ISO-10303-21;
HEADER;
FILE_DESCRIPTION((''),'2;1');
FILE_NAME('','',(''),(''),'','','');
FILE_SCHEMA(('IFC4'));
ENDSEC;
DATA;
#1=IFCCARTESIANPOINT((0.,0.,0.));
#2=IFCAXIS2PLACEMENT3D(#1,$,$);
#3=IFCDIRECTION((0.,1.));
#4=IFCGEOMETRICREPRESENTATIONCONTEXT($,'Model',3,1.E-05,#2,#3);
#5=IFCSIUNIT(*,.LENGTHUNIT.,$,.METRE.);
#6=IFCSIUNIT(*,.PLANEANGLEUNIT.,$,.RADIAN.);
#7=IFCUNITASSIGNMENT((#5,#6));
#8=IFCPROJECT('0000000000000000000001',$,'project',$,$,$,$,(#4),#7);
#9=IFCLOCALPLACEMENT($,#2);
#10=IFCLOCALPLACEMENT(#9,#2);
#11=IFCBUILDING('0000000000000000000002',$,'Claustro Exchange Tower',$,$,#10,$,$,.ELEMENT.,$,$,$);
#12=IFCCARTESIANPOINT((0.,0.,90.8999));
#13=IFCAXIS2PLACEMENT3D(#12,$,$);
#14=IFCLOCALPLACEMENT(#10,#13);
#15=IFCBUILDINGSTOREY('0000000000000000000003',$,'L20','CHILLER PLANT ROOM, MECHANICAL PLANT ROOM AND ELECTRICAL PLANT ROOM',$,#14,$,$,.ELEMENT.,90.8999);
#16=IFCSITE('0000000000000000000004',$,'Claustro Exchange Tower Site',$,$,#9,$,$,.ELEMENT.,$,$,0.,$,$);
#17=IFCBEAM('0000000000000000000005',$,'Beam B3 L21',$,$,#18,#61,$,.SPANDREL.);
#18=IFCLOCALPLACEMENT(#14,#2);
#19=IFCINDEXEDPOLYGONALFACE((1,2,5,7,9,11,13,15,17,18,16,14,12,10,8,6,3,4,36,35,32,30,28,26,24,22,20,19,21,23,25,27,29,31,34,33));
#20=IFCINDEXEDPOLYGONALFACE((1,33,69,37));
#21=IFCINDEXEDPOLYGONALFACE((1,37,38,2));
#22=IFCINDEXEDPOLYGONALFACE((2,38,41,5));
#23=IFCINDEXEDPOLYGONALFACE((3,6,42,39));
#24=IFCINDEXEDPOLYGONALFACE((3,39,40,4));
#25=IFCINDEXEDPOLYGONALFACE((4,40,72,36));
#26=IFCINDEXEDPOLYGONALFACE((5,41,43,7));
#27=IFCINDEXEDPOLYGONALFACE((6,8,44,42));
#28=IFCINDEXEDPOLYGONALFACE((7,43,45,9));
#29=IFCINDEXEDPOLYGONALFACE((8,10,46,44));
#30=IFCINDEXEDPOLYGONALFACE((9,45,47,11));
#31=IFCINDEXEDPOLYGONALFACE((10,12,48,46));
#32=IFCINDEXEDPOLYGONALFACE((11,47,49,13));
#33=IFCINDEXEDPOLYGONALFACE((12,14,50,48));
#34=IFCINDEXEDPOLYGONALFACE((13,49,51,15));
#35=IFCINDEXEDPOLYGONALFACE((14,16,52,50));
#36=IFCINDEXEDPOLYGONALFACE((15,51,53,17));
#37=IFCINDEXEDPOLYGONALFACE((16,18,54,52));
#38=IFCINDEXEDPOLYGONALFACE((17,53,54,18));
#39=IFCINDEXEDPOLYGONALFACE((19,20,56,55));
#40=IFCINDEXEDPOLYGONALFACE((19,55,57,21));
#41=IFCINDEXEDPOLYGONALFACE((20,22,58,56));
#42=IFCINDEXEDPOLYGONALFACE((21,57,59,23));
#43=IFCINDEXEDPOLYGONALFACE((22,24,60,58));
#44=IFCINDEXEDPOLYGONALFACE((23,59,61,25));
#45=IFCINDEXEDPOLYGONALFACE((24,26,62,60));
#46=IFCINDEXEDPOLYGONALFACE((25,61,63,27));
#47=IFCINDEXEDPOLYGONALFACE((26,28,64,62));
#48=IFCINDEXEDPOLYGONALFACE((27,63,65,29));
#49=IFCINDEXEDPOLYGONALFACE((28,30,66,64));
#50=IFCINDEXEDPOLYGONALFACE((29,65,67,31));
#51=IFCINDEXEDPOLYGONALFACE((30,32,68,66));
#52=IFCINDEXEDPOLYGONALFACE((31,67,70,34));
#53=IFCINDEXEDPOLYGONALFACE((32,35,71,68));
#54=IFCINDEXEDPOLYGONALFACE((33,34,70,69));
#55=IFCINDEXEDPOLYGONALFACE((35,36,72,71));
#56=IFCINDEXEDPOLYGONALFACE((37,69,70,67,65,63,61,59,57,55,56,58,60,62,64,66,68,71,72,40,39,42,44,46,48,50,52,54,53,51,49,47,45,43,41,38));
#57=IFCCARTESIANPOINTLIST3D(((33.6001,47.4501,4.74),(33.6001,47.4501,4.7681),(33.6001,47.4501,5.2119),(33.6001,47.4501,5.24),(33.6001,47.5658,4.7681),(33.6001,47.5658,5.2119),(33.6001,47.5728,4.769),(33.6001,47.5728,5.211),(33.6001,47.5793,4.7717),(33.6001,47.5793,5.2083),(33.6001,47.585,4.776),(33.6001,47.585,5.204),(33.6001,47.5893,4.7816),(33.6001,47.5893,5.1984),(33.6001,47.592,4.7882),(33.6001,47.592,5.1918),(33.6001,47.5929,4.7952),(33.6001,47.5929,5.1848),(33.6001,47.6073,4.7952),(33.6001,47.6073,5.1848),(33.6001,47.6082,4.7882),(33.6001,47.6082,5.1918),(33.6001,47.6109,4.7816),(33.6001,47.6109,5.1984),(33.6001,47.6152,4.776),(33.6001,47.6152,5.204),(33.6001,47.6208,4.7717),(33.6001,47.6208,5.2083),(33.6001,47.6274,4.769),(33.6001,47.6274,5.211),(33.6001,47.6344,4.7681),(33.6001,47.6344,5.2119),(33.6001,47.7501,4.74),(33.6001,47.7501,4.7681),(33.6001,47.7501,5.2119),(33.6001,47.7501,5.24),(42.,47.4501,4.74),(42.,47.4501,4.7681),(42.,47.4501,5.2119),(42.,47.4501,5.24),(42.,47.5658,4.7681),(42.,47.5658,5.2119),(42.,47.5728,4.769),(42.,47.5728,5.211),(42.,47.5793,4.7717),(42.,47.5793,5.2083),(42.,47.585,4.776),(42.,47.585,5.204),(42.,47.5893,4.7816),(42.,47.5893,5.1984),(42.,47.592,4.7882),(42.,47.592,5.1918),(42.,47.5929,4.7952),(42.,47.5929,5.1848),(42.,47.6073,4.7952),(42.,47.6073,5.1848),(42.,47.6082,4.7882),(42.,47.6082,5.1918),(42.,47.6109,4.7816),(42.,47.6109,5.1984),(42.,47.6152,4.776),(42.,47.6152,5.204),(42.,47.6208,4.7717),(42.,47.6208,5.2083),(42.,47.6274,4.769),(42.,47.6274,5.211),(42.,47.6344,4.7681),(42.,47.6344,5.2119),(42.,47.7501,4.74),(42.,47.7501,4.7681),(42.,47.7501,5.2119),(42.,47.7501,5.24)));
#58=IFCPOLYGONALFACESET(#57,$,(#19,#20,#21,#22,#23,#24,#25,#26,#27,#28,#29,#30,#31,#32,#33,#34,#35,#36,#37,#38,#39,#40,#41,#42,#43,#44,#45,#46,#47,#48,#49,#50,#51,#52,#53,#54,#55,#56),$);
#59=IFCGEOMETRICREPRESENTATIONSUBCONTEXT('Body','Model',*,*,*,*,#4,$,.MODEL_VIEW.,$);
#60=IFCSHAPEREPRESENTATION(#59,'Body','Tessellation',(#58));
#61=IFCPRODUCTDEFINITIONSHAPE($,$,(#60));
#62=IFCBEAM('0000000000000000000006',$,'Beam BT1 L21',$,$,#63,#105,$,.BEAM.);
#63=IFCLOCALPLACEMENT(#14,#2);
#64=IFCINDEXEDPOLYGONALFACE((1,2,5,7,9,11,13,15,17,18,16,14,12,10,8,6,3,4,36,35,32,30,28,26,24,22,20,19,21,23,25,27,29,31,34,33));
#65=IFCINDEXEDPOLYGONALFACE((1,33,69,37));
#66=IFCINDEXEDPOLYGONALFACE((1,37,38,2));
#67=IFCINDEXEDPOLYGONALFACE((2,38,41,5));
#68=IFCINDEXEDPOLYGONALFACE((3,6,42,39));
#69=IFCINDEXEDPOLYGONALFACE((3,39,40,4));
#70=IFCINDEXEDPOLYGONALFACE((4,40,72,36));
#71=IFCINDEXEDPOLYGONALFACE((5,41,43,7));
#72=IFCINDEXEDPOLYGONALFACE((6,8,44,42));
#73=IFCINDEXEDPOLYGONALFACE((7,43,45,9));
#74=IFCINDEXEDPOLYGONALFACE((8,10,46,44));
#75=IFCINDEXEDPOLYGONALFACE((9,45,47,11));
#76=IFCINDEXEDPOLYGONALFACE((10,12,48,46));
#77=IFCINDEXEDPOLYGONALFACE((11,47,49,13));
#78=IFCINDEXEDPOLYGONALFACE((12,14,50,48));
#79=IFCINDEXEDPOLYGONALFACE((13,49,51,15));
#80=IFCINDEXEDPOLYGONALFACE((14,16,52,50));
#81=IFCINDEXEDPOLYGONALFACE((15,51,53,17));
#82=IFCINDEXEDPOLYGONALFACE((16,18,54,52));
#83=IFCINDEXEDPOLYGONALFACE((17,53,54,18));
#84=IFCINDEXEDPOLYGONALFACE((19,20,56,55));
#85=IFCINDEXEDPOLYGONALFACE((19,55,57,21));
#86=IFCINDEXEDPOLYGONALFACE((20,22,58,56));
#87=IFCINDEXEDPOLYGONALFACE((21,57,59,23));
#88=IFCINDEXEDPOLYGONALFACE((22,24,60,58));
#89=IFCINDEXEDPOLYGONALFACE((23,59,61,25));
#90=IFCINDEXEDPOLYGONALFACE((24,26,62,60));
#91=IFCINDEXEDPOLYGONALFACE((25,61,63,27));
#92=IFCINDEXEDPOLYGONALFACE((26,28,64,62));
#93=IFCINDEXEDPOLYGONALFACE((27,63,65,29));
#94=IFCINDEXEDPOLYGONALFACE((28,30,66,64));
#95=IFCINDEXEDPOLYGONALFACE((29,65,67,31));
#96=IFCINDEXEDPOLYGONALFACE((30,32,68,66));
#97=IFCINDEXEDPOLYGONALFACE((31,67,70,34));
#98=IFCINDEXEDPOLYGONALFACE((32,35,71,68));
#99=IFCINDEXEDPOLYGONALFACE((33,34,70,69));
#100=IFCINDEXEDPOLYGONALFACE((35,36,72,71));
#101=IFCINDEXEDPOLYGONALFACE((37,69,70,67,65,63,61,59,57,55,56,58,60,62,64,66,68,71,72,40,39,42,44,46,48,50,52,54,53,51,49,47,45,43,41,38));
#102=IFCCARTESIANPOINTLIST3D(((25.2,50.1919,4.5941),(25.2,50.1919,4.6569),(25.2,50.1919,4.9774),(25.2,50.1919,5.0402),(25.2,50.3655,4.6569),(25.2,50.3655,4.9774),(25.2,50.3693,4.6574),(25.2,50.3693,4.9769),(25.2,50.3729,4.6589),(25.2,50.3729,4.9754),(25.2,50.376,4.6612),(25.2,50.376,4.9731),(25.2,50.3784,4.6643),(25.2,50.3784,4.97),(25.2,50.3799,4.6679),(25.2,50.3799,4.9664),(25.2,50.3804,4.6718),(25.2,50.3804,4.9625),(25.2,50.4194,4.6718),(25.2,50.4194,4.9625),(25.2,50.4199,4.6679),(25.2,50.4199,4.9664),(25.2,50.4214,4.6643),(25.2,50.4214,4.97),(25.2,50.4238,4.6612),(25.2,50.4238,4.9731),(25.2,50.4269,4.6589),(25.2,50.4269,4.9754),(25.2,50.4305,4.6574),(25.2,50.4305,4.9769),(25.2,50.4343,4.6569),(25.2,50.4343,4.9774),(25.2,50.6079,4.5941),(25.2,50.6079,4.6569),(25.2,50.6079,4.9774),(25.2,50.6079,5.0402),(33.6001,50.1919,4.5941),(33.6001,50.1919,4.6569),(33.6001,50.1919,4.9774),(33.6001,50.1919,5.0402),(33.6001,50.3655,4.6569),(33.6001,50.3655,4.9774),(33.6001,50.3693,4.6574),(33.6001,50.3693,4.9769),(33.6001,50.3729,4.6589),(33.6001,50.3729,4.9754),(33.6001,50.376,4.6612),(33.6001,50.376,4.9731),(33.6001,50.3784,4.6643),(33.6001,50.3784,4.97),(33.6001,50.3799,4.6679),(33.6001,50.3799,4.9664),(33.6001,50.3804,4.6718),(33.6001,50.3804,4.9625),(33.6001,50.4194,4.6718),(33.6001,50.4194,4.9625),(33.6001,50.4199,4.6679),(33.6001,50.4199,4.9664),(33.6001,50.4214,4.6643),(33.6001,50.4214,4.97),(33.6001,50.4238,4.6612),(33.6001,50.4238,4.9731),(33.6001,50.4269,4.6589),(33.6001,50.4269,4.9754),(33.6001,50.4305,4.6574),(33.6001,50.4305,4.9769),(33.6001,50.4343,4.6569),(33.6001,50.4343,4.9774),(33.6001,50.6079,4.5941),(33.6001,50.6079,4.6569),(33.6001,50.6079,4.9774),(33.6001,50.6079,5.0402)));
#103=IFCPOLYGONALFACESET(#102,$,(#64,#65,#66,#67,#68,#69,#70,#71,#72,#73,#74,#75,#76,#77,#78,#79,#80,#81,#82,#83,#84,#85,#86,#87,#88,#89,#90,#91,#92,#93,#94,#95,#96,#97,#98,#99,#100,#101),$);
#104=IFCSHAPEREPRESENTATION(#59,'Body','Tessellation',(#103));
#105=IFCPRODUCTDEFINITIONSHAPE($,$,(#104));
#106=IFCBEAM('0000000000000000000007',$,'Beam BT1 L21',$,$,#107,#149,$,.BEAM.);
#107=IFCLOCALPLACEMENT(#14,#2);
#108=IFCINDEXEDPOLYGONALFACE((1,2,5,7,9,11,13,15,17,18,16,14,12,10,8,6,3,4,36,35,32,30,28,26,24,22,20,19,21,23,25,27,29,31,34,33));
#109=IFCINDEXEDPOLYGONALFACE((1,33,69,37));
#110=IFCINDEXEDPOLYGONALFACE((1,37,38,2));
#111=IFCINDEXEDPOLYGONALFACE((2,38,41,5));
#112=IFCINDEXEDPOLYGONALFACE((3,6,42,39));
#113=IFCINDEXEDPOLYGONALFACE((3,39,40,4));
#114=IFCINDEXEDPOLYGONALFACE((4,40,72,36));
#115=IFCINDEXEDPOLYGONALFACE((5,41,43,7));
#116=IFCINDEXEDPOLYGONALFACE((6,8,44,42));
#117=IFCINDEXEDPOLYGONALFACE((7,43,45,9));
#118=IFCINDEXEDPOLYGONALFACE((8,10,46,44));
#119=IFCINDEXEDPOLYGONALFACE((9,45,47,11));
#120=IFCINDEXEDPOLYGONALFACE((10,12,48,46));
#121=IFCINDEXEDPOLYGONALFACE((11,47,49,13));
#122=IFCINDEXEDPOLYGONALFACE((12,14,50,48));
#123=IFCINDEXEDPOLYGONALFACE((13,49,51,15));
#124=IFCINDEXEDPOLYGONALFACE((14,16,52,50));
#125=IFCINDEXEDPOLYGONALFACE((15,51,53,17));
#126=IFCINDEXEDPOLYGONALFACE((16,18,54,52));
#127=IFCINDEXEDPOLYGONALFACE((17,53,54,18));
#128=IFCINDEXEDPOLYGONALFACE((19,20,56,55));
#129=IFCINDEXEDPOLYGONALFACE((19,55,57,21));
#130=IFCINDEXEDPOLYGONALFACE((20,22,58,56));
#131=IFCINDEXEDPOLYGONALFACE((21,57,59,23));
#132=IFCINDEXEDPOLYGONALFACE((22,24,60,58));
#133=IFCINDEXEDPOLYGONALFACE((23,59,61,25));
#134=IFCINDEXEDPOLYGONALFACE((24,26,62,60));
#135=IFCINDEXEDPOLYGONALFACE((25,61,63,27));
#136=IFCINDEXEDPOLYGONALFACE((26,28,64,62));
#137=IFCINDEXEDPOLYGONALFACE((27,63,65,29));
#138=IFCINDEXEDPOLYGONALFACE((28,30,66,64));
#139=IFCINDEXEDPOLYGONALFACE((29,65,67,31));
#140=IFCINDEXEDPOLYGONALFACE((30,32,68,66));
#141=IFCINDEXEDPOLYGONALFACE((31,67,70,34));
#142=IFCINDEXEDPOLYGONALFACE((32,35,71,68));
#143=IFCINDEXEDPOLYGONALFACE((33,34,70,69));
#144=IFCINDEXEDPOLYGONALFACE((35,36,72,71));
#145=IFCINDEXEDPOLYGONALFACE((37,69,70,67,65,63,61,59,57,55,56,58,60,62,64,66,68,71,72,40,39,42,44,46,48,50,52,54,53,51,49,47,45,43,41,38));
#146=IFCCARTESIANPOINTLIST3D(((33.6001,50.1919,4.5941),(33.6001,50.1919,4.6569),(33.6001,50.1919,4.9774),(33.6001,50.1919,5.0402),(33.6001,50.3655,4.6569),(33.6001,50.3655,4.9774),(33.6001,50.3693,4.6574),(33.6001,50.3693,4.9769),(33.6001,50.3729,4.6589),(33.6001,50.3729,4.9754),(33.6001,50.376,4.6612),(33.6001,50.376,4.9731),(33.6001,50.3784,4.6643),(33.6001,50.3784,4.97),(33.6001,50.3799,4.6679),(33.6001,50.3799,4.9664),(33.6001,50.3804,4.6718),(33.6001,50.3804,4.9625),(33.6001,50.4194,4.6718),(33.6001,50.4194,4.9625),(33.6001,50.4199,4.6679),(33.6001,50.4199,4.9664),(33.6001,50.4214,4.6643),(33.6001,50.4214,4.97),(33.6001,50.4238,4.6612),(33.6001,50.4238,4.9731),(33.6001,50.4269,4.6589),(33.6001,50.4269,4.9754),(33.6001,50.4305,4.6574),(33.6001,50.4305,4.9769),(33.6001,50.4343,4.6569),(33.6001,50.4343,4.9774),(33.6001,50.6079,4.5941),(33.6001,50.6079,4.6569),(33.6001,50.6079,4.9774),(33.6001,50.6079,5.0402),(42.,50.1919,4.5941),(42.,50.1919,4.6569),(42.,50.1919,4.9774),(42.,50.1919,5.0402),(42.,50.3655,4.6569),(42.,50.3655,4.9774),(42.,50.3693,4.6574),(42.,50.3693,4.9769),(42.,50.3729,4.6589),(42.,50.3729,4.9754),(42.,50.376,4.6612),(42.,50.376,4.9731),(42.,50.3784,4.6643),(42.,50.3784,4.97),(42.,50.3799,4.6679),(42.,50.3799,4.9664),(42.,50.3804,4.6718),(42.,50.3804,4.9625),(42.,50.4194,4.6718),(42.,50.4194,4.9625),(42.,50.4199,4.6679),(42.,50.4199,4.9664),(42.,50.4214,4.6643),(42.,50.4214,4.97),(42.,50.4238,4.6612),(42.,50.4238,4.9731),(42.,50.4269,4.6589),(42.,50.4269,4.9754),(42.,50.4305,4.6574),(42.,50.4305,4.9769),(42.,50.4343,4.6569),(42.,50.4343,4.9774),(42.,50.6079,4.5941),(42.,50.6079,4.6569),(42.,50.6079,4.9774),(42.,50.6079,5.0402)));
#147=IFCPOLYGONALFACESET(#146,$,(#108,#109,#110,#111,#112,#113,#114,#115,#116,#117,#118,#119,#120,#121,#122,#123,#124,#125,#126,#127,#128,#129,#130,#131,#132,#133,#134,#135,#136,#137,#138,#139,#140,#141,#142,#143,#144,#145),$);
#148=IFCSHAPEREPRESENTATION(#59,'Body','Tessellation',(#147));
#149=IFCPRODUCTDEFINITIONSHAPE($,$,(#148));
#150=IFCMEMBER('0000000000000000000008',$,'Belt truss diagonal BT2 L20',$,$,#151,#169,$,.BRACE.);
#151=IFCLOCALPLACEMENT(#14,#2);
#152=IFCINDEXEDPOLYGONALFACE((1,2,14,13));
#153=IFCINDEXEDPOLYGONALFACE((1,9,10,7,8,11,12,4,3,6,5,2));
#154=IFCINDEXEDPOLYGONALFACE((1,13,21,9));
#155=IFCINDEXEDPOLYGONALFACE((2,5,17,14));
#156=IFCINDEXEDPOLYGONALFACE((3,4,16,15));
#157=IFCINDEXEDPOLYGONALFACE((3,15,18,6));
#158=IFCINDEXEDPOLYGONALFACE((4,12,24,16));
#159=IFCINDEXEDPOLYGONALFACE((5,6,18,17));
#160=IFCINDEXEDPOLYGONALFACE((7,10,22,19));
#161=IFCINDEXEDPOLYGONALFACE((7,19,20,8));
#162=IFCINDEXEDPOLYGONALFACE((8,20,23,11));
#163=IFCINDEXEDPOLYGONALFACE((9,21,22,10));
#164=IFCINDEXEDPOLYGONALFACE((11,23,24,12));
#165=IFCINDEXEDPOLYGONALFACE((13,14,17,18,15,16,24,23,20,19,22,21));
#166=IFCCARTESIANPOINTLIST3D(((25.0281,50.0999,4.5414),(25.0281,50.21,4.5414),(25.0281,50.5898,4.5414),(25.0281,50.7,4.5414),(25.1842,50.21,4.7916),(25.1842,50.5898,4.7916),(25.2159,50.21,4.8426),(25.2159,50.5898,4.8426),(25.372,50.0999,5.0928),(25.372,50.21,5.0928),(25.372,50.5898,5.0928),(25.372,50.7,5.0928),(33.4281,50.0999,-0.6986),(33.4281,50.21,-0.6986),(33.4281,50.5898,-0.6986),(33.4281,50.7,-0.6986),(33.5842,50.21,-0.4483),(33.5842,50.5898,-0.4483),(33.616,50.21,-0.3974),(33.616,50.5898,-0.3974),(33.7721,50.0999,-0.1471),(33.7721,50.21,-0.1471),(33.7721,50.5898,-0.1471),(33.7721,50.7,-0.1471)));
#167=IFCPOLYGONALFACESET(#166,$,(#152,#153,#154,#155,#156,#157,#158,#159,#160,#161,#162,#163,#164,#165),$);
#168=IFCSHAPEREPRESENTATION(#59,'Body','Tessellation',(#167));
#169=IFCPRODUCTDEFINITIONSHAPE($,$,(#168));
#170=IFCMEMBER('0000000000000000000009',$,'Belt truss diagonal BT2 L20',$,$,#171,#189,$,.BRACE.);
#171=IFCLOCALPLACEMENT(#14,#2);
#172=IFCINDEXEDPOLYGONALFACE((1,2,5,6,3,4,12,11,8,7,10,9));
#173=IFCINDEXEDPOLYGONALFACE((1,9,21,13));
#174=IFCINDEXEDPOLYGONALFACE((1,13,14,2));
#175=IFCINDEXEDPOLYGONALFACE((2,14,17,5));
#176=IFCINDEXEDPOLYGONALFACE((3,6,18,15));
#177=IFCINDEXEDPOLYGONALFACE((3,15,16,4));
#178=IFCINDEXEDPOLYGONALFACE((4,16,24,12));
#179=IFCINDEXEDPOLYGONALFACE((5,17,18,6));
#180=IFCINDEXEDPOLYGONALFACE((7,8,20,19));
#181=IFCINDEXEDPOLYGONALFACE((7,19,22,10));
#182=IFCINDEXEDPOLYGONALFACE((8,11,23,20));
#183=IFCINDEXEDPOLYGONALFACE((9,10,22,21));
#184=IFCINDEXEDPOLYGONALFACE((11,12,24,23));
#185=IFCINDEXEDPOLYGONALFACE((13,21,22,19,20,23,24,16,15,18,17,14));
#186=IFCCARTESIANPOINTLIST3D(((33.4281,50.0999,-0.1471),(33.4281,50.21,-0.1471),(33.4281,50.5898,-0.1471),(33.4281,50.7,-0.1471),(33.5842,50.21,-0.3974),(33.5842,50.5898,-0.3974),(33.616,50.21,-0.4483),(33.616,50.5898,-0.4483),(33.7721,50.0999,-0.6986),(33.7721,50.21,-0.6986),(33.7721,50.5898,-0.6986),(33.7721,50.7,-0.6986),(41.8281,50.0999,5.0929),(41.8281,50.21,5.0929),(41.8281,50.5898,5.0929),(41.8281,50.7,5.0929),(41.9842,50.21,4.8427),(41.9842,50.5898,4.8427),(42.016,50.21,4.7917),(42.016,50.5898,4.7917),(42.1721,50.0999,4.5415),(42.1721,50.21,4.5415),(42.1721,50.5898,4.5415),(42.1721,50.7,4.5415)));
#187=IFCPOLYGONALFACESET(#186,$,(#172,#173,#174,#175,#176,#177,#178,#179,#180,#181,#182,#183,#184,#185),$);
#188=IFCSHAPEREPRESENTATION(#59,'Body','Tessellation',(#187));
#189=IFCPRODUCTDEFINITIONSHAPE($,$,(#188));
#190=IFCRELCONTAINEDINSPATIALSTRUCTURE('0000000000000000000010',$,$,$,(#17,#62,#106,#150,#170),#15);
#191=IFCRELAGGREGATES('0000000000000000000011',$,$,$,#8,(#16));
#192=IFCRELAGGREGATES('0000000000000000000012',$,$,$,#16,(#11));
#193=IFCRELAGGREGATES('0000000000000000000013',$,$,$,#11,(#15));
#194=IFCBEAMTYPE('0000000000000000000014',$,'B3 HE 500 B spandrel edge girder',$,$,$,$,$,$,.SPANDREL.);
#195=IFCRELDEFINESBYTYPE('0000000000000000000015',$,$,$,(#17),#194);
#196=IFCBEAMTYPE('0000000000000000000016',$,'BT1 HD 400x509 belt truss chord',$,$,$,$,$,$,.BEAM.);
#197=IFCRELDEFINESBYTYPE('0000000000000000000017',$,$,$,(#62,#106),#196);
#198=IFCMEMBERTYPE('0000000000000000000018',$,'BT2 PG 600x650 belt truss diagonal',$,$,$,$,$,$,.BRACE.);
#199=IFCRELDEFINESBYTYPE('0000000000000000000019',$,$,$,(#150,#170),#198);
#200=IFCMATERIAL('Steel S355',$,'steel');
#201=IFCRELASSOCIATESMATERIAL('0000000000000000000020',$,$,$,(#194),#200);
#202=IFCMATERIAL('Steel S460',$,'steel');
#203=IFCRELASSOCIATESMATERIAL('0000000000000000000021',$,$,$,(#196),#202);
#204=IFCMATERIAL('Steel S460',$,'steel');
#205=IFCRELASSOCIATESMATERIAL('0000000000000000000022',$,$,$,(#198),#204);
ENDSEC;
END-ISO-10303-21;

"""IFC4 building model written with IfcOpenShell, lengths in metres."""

from ifc_helpers import new_model, si_unit, direction, frame, origin, origin_2d, place, context, subcontext, project, spatial, i_section, extrude, material, material_profile, profile_set, type_object, element, save


model = new_model("IFC4")

# Units and contexts
model_context = context("Model", 3, precision=1e-05, world=origin(), true_north=direction((0.0, 1.0)))
body_context = subcontext(model_context, "Body", "Model", "MODEL_VIEW")
ifc_project = project(units=[si_unit("LENGTHUNIT", "METRE"), si_unit("PLANEANGLEUNIT", "RADIAN")], contexts=[model_context])

# Site, building, storey
site_placement = place(None, origin())
site = spatial("IfcSite", under=ifc_project, at=site_placement, Name="Claustro Exchange Tower Site", CompositionType="ELEMENT", RefElevation=0.0)
building_placement = place(site_placement, origin())
building = spatial("IfcBuilding", under=site, at=building_placement, Name="Claustro Exchange Tower", CompositionType="ELEMENT")
storey_placement = place(building_placement, frame((0.0, 0.0, 90.8999)))
storey = spatial("IfcBuildingStorey", under=building, at=storey_placement, Name="L20", Description="CHILLER PLANT ROOM, MECHANICAL PLANT ROOM AND ELECTRICAL PLANT ROOM", CompositionType="ELEMENT", Elevation=90.8999)

# Beams
ifc_material_1 = material(Name="Steel S355", Category="steel")
ifc_material_profile_1 = material_profile(ifc_material_1, i_section(OverallWidth=0.3, OverallDepth=0.5, WebThickness=0.0144, FlangeThickness=0.0281, FilletRadius=0.0271, at=origin_2d()), Name="HE 500 B")
ifc_profile_set_1 = profile_set([ifc_material_profile_1], Name="Steel S355")
beam_type_1 = type_object("IfcBeamType", Name="B3 HE 500 B spandrel edge girder", PredefinedType="SPANDREL", material=ifc_profile_set_1)
beam_1_placement = place(storey_placement, frame((33.6001, 47.6001, 4.99), z_axis=(1.0, 0.0, 0.0), x_axis=(0.0, 1.0, 0.0)))
element("IfcBeam", 1, at=beam_1_placement, inside=storey, type_object=beam_type_1, Name="Beam B3 L21", PredefinedType="SPANDREL", context=body_context, shape_type="SweptSolid", body=[
    extrude(i_section(OverallWidth=0.3, OverallDepth=0.5, WebThickness=0.0144, FlangeThickness=0.0281, FilletRadius=0.0271, at=origin_2d()), origin(), (0.0, 0.0, 1.0), 8.3999),
])
ifc_material_2 = material(Name="Steel S460", Category="steel")
ifc_material_profile_2 = material_profile(ifc_material_2, i_section(OverallWidth=0.416, OverallDepth=0.446, WebThickness=0.0391, FlangeThickness=0.0627, FilletRadius=0.0149, at=origin_2d()), Name="HD 400x509")
ifc_profile_set_2 = profile_set([ifc_material_profile_2], Name="Steel S460")
beam_type_2 = type_object("IfcBeamType", Name="BT1 HD 400x509 belt truss chord", PredefinedType="BEAM", material=ifc_profile_set_2)
beam_2_placement = place(storey_placement, frame((25.2, 50.3999, 4.8171), z_axis=(1.0, 0.0, 0.0), x_axis=(0.0, 1.0, 0.0)))
element("IfcBeam", 2, at=beam_2_placement, inside=storey, type_object=beam_type_2, Name="Beam BT1 L21", PredefinedType="BEAM", context=body_context, shape_type="SweptSolid", body=[
    extrude(i_section(OverallWidth=0.416, OverallDepth=0.446, WebThickness=0.0391, FlangeThickness=0.0627, FilletRadius=0.0149, at=origin_2d()), origin(), (0.0, 0.0, 1.0), 8.4001),
])
beam_3_placement = place(storey_placement, frame((33.6001, 50.3999, 4.8171), z_axis=(1.0, 0.0, 0.0), x_axis=(0.0, 1.0, 0.0)))
element("IfcBeam", 3, at=beam_3_placement, inside=storey, type_object=beam_type_2, Name="Beam BT1 L21", PredefinedType="BEAM", context=body_context, shape_type="SweptSolid", body=[
    extrude(i_section(OverallWidth=0.416, OverallDepth=0.446, WebThickness=0.0391, FlangeThickness=0.0627, FilletRadius=0.0149, at=origin_2d()), origin(), (0.0, 0.0, 1.0), 8.3999),
])

# Members
ifc_material_3 = material(Name="Steel S460", Category="steel")
ifc_material_profile_3 = material_profile(ifc_material_3, i_section(OverallWidth=0.6499, OverallDepth=0.6001, WebThickness=0.0601, FlangeThickness=0.1101, at=origin_2d()), Name="PG 600x650")
ifc_profile_set_3 = profile_set([ifc_material_profile_3], Name="Steel S460")
member_type_1 = type_object("IfcMemberType", Name="BT2 PG 600x650 belt truss diagonal", PredefinedType="BRACE", material=ifc_profile_set_3)
for number, where, z_axis, x_axis, name in (
    (4, (33.6001, 50.3999, -0.4229), (-0.848457, 0.0, 0.529265), (0.529265, 0.0, 0.848457), "Belt truss diagonal BT2 L20"),
    (5, (33.6001, 50.3999, -0.4229), (0.84845, 0.0, 0.529276), (-0.529276, 0.0, 0.84845), "Belt truss diagonal BT2 L20"),
):
    element("IfcMember", number, at=place(storey_placement, frame(where, z_axis=z_axis, x_axis=x_axis)), inside=storey, type_object=member_type_1, Name=name, PredefinedType="BRACE", context=body_context, shape_type="SweptSolid", body=[
        extrude(i_section(OverallWidth=0.6499, OverallDepth=0.6001, WebThickness=0.0601, FlangeThickness=0.1101, at=origin_2d()), origin(), (0.0, 0.0, 1.0), 9.9004),
    ])

save(model, "model.ifc")
